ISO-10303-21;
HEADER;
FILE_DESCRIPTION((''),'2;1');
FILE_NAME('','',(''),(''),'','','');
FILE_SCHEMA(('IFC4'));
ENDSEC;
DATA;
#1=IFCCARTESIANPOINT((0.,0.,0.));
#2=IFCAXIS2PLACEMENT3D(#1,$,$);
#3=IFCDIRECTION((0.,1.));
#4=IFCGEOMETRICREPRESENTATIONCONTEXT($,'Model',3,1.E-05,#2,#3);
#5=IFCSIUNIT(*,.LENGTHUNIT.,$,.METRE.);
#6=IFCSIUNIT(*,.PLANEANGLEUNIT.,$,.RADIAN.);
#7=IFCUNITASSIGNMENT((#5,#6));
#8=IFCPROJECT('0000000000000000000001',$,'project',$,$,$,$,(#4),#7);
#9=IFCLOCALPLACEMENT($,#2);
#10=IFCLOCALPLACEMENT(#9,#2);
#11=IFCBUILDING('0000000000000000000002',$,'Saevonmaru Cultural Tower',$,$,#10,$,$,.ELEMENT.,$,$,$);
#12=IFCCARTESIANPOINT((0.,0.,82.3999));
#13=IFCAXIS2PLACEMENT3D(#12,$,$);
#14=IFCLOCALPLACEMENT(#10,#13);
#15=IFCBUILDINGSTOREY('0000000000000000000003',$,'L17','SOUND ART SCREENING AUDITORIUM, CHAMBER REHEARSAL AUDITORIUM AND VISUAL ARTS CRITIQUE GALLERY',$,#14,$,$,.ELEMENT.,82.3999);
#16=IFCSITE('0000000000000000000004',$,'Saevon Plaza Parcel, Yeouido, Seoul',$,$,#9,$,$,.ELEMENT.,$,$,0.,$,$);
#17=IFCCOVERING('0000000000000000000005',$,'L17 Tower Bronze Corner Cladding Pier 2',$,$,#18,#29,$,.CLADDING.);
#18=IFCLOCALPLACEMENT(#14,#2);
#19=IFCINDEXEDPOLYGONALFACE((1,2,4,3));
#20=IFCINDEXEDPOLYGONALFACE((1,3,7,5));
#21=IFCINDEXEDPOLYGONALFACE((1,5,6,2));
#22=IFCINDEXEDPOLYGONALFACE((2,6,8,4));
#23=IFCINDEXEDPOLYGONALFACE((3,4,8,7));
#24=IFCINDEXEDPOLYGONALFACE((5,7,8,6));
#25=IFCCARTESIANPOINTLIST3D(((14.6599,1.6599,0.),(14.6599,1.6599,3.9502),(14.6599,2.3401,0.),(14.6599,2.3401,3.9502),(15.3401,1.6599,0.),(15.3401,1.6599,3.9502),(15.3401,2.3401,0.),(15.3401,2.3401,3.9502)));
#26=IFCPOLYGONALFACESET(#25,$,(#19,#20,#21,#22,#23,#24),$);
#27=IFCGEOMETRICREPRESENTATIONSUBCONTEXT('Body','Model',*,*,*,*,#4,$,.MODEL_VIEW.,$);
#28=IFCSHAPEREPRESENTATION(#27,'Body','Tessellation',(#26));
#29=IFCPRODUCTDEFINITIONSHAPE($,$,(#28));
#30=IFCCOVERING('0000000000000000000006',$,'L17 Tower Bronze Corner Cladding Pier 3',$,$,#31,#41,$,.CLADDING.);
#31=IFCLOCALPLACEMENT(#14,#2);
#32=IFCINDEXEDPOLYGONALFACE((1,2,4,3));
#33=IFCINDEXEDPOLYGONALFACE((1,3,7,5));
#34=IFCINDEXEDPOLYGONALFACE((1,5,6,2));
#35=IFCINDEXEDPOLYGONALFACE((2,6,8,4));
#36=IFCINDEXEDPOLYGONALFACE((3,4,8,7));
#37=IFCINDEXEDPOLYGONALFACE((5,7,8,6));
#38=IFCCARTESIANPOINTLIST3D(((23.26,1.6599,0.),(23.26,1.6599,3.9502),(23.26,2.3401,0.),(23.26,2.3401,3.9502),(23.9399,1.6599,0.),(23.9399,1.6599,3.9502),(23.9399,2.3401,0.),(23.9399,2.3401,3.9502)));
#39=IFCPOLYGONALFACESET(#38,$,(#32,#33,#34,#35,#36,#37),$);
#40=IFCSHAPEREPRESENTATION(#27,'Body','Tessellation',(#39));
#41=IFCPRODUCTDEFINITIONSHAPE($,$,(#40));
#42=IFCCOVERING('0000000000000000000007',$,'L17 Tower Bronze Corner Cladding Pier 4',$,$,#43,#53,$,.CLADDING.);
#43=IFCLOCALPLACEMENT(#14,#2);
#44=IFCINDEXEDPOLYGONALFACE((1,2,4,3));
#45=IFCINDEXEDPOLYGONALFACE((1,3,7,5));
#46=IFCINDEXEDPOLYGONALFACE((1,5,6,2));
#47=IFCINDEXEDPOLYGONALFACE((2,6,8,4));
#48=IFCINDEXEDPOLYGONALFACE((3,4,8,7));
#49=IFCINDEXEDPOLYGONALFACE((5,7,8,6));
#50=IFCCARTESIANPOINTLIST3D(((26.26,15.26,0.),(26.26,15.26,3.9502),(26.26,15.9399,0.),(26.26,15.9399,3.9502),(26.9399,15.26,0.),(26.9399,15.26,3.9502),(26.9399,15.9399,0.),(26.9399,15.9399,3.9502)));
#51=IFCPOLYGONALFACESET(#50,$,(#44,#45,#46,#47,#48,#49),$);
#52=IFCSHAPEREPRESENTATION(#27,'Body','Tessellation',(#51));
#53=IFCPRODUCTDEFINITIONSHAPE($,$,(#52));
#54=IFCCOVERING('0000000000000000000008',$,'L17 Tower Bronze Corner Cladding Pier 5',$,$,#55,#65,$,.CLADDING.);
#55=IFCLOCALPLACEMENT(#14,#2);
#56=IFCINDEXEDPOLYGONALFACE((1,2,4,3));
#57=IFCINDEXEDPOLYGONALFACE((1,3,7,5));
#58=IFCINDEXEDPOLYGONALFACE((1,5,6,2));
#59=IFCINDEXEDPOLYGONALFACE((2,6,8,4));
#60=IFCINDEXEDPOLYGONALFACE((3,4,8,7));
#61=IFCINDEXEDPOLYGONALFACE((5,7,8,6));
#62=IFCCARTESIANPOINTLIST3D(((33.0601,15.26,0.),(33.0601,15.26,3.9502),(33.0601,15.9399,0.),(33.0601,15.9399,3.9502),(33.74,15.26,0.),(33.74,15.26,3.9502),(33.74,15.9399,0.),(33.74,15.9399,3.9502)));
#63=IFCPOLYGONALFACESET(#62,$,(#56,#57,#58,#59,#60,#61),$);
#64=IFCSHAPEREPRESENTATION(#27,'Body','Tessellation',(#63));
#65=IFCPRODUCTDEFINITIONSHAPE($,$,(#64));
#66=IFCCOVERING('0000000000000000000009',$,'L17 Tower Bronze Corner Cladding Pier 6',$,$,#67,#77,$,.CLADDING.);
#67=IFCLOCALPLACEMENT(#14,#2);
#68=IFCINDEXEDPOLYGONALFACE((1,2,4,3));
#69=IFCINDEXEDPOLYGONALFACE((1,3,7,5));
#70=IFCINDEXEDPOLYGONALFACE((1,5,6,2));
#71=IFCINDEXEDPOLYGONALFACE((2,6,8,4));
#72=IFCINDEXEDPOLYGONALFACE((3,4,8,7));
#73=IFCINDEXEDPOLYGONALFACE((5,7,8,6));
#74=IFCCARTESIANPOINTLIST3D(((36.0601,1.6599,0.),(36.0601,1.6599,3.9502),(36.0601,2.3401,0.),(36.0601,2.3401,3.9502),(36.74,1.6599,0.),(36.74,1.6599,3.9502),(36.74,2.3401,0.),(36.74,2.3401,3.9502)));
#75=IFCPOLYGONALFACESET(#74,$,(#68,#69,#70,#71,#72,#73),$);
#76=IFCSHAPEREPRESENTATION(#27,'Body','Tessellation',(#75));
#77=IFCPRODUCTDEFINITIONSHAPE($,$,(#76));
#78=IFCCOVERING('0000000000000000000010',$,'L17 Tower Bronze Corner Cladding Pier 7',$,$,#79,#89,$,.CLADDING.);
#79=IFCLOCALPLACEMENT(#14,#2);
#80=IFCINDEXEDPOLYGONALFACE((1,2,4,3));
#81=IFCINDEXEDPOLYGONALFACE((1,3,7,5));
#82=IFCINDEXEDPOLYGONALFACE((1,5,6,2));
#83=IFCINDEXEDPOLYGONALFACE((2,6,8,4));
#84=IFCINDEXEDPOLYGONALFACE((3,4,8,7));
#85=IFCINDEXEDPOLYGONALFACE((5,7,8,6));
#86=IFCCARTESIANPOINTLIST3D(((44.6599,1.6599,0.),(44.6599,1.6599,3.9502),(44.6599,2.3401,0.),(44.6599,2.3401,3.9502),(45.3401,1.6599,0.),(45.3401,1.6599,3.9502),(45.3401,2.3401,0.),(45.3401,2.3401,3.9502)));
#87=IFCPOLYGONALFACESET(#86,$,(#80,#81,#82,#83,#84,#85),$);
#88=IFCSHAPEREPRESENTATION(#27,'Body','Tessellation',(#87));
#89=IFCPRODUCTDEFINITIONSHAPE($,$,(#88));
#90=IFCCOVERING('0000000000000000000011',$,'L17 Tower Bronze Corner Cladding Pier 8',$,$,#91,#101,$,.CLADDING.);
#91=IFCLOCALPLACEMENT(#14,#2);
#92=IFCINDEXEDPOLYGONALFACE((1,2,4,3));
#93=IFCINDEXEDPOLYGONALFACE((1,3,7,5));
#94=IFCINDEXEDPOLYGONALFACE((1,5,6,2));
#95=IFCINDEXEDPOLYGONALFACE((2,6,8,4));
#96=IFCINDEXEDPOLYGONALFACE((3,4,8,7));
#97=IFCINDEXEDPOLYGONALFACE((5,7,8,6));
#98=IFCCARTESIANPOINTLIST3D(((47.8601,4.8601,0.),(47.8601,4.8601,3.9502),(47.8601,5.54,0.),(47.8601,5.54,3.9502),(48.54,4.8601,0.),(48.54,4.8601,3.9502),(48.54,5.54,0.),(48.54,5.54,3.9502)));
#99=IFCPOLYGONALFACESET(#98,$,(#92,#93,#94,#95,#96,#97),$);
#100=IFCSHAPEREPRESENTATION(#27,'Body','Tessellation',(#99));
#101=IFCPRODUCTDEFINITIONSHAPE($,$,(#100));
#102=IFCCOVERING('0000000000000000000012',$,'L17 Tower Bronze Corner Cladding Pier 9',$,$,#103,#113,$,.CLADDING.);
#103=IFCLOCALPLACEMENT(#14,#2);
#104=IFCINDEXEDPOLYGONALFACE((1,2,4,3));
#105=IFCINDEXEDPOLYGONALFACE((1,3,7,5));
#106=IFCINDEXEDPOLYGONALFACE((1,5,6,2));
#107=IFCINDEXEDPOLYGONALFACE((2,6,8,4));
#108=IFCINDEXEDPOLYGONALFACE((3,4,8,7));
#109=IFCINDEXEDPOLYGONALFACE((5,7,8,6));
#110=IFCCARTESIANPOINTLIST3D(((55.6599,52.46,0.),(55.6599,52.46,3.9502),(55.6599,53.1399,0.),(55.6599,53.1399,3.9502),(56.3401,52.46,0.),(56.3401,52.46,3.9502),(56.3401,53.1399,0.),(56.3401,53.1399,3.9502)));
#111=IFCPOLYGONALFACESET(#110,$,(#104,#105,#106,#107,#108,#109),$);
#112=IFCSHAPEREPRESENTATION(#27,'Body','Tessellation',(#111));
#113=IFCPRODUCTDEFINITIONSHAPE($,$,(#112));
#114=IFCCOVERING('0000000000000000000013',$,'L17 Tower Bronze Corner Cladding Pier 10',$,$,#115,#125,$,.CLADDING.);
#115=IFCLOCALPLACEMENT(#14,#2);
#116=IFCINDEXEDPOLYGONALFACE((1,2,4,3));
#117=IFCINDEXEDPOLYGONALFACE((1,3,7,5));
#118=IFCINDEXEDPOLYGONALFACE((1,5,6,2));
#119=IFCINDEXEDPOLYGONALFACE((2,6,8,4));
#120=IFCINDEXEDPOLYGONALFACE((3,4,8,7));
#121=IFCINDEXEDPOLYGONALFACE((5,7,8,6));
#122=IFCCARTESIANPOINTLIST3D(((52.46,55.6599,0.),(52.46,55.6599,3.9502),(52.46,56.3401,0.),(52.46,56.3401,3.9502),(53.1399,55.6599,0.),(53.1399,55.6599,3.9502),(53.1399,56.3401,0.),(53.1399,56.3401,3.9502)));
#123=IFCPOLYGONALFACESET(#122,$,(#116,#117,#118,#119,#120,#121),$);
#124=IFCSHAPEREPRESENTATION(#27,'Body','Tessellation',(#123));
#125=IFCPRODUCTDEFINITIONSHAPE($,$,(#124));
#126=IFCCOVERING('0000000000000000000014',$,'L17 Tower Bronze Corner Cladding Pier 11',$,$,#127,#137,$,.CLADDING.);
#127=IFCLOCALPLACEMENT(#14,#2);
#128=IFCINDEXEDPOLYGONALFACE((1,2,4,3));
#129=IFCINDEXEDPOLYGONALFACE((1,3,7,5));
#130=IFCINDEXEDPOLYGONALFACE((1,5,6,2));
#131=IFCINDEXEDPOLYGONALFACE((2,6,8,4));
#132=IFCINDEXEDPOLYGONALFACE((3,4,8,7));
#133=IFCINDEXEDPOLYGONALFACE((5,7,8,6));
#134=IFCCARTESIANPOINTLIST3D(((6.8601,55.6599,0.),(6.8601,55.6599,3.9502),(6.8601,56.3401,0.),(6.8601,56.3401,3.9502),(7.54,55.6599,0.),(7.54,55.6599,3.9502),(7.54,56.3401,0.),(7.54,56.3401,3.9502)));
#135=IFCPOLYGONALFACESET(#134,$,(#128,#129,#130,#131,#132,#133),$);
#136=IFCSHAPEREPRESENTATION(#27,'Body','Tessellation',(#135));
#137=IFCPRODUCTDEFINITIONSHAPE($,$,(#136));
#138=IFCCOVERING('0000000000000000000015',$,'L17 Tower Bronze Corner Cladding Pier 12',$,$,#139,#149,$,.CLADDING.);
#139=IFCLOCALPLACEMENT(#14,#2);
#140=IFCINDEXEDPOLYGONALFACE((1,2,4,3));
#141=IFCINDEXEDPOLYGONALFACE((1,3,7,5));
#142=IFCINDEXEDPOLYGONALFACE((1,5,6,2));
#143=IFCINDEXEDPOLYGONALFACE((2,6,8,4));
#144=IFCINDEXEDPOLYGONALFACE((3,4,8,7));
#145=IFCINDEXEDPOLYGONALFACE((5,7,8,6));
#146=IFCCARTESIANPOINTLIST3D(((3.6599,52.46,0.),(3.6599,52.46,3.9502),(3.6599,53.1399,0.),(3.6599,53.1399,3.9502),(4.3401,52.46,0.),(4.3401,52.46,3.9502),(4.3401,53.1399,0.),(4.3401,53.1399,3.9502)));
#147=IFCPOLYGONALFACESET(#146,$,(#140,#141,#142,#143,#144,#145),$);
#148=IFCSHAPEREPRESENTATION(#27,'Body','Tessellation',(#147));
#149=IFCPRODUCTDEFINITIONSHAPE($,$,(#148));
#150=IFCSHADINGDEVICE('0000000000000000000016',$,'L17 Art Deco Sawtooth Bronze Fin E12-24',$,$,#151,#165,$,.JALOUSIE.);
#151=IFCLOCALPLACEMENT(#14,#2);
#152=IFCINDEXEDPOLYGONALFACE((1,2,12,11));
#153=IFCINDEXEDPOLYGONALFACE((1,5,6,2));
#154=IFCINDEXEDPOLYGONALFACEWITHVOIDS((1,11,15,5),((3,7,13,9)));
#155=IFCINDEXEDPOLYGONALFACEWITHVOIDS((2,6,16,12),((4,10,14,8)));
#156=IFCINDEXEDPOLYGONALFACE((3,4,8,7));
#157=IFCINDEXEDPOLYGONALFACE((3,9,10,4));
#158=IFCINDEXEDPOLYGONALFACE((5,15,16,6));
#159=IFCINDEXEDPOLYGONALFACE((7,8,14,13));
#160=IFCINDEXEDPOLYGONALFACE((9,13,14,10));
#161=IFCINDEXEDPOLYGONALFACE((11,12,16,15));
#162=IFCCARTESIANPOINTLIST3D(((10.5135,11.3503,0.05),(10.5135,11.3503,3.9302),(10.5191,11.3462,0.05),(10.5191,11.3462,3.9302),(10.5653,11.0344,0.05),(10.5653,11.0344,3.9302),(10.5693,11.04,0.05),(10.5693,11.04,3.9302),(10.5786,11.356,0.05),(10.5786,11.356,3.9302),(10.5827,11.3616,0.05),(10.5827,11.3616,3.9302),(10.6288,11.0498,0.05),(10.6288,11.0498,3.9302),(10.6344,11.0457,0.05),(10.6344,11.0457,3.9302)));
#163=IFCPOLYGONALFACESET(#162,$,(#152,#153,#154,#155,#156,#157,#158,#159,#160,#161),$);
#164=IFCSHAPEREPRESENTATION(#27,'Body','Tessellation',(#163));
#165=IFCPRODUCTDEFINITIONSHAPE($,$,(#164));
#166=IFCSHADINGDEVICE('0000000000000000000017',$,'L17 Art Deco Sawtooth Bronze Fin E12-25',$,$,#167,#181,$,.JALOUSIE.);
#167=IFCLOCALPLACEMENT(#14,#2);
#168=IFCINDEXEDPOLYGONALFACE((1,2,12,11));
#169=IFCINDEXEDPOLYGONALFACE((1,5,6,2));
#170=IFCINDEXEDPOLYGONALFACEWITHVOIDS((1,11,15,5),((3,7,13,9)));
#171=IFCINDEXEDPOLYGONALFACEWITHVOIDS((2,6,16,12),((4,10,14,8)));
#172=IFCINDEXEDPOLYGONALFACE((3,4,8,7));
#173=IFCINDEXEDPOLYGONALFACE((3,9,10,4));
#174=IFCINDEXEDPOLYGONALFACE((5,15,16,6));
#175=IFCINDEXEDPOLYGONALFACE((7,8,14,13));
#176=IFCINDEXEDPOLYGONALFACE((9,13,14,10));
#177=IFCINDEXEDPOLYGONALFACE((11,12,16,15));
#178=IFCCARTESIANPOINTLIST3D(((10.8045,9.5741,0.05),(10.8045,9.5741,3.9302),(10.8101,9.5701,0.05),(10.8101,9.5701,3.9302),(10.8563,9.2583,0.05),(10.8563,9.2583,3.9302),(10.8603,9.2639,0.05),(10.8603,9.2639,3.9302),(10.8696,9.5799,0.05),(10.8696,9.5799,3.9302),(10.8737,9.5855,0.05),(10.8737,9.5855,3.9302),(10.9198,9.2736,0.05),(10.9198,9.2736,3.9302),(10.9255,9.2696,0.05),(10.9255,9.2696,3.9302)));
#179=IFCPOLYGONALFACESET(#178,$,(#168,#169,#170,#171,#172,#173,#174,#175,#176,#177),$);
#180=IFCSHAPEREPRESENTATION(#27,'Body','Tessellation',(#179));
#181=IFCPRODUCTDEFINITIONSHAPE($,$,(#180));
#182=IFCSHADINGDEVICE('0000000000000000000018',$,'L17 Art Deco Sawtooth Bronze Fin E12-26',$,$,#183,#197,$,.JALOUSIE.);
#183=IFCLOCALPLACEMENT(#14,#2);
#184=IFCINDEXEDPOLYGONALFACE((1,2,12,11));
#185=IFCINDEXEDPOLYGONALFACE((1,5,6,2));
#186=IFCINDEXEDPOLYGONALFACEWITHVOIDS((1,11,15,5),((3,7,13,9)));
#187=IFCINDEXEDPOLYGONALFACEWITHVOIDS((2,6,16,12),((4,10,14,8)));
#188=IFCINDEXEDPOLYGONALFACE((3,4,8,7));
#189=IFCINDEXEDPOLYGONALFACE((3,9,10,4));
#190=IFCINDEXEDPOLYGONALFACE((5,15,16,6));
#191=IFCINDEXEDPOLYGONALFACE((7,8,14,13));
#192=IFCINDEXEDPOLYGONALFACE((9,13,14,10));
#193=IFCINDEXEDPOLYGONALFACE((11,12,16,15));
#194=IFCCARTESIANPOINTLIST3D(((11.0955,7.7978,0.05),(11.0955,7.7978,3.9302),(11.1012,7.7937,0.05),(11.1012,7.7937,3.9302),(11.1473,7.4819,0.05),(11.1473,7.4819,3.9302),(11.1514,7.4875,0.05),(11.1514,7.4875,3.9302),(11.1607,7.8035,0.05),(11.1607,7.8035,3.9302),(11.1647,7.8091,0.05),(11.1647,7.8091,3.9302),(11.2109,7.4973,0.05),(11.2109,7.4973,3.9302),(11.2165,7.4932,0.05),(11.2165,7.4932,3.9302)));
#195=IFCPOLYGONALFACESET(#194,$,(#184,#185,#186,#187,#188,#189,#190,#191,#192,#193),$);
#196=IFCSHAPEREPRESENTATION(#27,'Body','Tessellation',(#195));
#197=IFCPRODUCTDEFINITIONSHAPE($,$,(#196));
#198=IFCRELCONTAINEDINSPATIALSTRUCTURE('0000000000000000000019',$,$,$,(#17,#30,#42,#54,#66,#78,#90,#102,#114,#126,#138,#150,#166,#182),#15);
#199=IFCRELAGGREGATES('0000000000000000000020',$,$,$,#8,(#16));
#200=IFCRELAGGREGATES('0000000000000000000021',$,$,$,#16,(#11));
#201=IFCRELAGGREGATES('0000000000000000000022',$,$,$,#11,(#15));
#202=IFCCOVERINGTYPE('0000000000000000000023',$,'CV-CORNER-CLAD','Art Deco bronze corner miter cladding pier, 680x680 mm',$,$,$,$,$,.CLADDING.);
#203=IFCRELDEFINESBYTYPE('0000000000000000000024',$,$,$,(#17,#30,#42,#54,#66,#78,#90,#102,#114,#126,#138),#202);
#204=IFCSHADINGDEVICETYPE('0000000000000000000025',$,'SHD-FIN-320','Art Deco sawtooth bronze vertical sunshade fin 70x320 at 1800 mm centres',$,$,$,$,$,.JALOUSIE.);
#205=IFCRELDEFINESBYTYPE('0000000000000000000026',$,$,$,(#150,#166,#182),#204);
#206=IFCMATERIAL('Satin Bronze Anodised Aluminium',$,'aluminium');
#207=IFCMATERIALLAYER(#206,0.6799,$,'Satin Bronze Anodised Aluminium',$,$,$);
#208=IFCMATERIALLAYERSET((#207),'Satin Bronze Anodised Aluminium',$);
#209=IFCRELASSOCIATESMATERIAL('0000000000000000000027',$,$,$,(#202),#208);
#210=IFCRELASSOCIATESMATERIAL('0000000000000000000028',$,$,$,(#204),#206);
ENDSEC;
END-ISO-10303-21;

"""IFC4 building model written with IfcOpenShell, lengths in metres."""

from ifc_helpers import new_model, si_unit, direction, frame, origin, origin_2d, place, context, subcontext, project, spatial, polyline, hollow_rectangle, outline, extrude, material, layer, layer_set, material_profile, profile_set, type_object, element, save


model = new_model("IFC4")

# Units and contexts
model_context = context("Model", 3, precision=1e-05, world=origin(), true_north=direction((0.0, 1.0)))
body_context = subcontext(model_context, "Body", "Model", "MODEL_VIEW")
ifc_project = project(units=[si_unit("LENGTHUNIT", "METRE"), si_unit("PLANEANGLEUNIT", "RADIAN")], contexts=[model_context])

# Site, building, storey
site_placement = place(None, origin())
site = spatial("IfcSite", under=ifc_project, at=site_placement, Name="Saevon Plaza Parcel, Yeouido, Seoul", CompositionType="ELEMENT", RefElevation=0.0)
building_placement = place(site_placement, origin())
building = spatial("IfcBuilding", under=site, at=building_placement, Name="Saevonmaru Cultural Tower", CompositionType="ELEMENT")
storey_placement = place(building_placement, frame((0.0, 0.0, 82.3999)))
storey = spatial("IfcBuildingStorey", under=building, at=storey_placement, Name="L17", Description="SOUND ART SCREENING AUDITORIUM, CHAMBER REHEARSAL AUDITORIUM AND VISUAL ARTS CRITIQUE GALLERY", CompositionType="ELEMENT", Elevation=82.3999)

# Shared definitions
ifc_material_1 = material(Name="Satin Bronze Anodised Aluminium", Category="aluminium")

# Coverings
ifc_layer_1 = layer(ifc_material_1, 0.6799, Name="Satin Bronze Anodised Aluminium")
ifc_layer_set_1 = layer_set([ifc_layer_1], Name="Satin Bronze Anodised Aluminium")
covering_type = type_object("IfcCoveringType", Name="CV-CORNER-CLAD", Description="Art Deco bronze corner miter cladding pier, 680x680 mm", PredefinedType="CLADDING", material=ifc_layer_set_1)
covering_1_placement = place(storey_placement, origin())
element("IfcCovering", 1, at=covering_1_placement, inside=storey, type_object=covering_type, Name="L17 Tower Bronze Corner Cladding Pier 2", PredefinedType="CLADDING", context=body_context, shape_type="SweptSolid", body=[
    extrude(outline(polyline([(14.6599, 1.6599), (15.3401, 1.6599), (15.3401, 2.3401), (14.6599, 2.3401), (14.6599, 1.6599)])), origin(), (0.0, 0.0, 1.0), 3.9502),
])
covering_2_placement = place(storey_placement, origin())
element("IfcCovering", 2, at=covering_2_placement, inside=storey, type_object=covering_type, Name="L17 Tower Bronze Corner Cladding Pier 3", PredefinedType="CLADDING", context=body_context, shape_type="SweptSolid", body=[
    extrude(outline(polyline([(23.26, 1.6599), (23.9399, 1.6599), (23.9399, 2.3401), (23.26, 2.3401), (23.26, 1.6599)])), origin(), (0.0, 0.0, 1.0), 3.9502),
])
covering_3_placement = place(storey_placement, origin())
element("IfcCovering", 3, at=covering_3_placement, inside=storey, type_object=covering_type, Name="L17 Tower Bronze Corner Cladding Pier 4", PredefinedType="CLADDING", context=body_context, shape_type="SweptSolid", body=[
    extrude(outline(polyline([(26.26, 15.26), (26.9399, 15.26), (26.9399, 15.9399), (26.26, 15.9399), (26.26, 15.26)])), origin(), (0.0, 0.0, 1.0), 3.9502),
])
covering_4_placement = place(storey_placement, origin())
element("IfcCovering", 4, at=covering_4_placement, inside=storey, type_object=covering_type, Name="L17 Tower Bronze Corner Cladding Pier 5", PredefinedType="CLADDING", context=body_context, shape_type="SweptSolid", body=[
    extrude(outline(polyline([(33.0601, 15.26), (33.74, 15.26), (33.74, 15.9399), (33.0601, 15.9399), (33.0601, 15.26)])), origin(), (0.0, 0.0, 1.0), 3.9502),
])
covering_5_placement = place(storey_placement, origin())
element("IfcCovering", 5, at=covering_5_placement, inside=storey, type_object=covering_type, Name="L17 Tower Bronze Corner Cladding Pier 6", PredefinedType="CLADDING", context=body_context, shape_type="SweptSolid", body=[
    extrude(outline(polyline([(36.0601, 1.6599), (36.74, 1.6599), (36.74, 2.3401), (36.0601, 2.3401), (36.0601, 1.6599)])), origin(), (0.0, 0.0, 1.0), 3.9502),
])
covering_6_placement = place(storey_placement, origin())
element("IfcCovering", 6, at=covering_6_placement, inside=storey, type_object=covering_type, Name="L17 Tower Bronze Corner Cladding Pier 7", PredefinedType="CLADDING", context=body_context, shape_type="SweptSolid", body=[
    extrude(outline(polyline([(44.6599, 1.6599), (45.3401, 1.6599), (45.3401, 2.3401), (44.6599, 2.3401), (44.6599, 1.6599)])), origin(), (0.0, 0.0, 1.0), 3.9502),
])
covering_7_placement = place(storey_placement, origin())
element("IfcCovering", 7, at=covering_7_placement, inside=storey, type_object=covering_type, Name="L17 Tower Bronze Corner Cladding Pier 8", PredefinedType="CLADDING", context=body_context, shape_type="SweptSolid", body=[
    extrude(outline(polyline([(47.8601, 4.8601), (48.54, 4.8601), (48.54, 5.54), (47.8601, 5.54), (47.8601, 4.8601)])), origin(), (0.0, 0.0, 1.0), 3.9502),
])
covering_8_placement = place(storey_placement, origin())
element("IfcCovering", 8, at=covering_8_placement, inside=storey, type_object=covering_type, Name="L17 Tower Bronze Corner Cladding Pier 9", PredefinedType="CLADDING", context=body_context, shape_type="SweptSolid", body=[
    extrude(outline(polyline([(55.6599, 52.46), (56.3401, 52.46), (56.3401, 53.1399), (55.6599, 53.1399), (55.6599, 52.46)])), origin(), (0.0, 0.0, 1.0), 3.9502),
])
covering_9_placement = place(storey_placement, origin())
element("IfcCovering", 9, at=covering_9_placement, inside=storey, type_object=covering_type, Name="L17 Tower Bronze Corner Cladding Pier 10", PredefinedType="CLADDING", context=body_context, shape_type="SweptSolid", body=[
    extrude(outline(polyline([(52.46, 55.6599), (53.1399, 55.6599), (53.1399, 56.3401), (52.46, 56.3401), (52.46, 55.6599)])), origin(), (0.0, 0.0, 1.0), 3.9502),
])
covering_10_placement = place(storey_placement, origin())
element("IfcCovering", 10, at=covering_10_placement, inside=storey, type_object=covering_type, Name="L17 Tower Bronze Corner Cladding Pier 11", PredefinedType="CLADDING", context=body_context, shape_type="SweptSolid", body=[
    extrude(outline(polyline([(6.8601, 55.6599), (7.54, 55.6599), (7.54, 56.3401), (6.8601, 56.3401), (6.8601, 55.6599)])), origin(), (0.0, 0.0, 1.0), 3.9502),
])
covering_11_placement = place(storey_placement, origin())
element("IfcCovering", 11, at=covering_11_placement, inside=storey, type_object=covering_type, Name="L17 Tower Bronze Corner Cladding Pier 12", PredefinedType="CLADDING", context=body_context, shape_type="SweptSolid", body=[
    extrude(outline(polyline([(3.6599, 52.46), (4.3401, 52.46), (4.3401, 53.1399), (3.6599, 53.1399), (3.6599, 52.46)])), origin(), (0.0, 0.0, 1.0), 3.9502),
])

# Shading devices
ifc_material_profile_1 = material_profile(ifc_material_1, hollow_rectangle(XDim=0.0701, YDim=0.3201, WallThickness=0.0049, at=origin_2d()), Name="FIN-320x70")
ifc_profile_set_1 = profile_set([ifc_material_profile_1], Name="Satin Bronze Anodised Aluminium")
shading_device_type = type_object("IfcShadingDeviceType", Name="SHD-FIN-320", Description="Art Deco sawtooth bronze vertical sunshade fin 70x320 at 1800 mm centres", PredefinedType="JALOUSIE", material=ifc_profile_set_1)
for number, where, z_axis, x_axis, name in (
    (12, (10.574, 11.198, 0.05), (0.0, 0.0, 1.0), (-0.986827, -0.161776, 0.0), "L17 Art Deco Sawtooth Bronze Fin E12-24"),
    (13, (10.865, 9.4219, 0.05), (0.0, 0.0, 1.0), (-0.986827, -0.161776, 0.0), "L17 Art Deco Sawtooth Bronze Fin E12-25"),
    (14, (11.156, 7.6455, 0.05), (0.0, 0.0, 1.0), (-0.986827, -0.161776, 0.0), "L17 Art Deco Sawtooth Bronze Fin E12-26"),
):
    element("IfcShadingDevice", number, at=place(storey_placement, frame(where, z_axis=z_axis, x_axis=x_axis)), inside=storey, type_object=shading_device_type, Name=name, PredefinedType="JALOUSIE", context=body_context, shape_type="SweptSolid", body=[
        extrude(hollow_rectangle(XDim=0.0701, YDim=0.3201, WallThickness=0.0049, at=origin_2d()), origin(), (0.0, 0.0, 1.0), 3.8801),
    ])

save(model, "model.ifc")
